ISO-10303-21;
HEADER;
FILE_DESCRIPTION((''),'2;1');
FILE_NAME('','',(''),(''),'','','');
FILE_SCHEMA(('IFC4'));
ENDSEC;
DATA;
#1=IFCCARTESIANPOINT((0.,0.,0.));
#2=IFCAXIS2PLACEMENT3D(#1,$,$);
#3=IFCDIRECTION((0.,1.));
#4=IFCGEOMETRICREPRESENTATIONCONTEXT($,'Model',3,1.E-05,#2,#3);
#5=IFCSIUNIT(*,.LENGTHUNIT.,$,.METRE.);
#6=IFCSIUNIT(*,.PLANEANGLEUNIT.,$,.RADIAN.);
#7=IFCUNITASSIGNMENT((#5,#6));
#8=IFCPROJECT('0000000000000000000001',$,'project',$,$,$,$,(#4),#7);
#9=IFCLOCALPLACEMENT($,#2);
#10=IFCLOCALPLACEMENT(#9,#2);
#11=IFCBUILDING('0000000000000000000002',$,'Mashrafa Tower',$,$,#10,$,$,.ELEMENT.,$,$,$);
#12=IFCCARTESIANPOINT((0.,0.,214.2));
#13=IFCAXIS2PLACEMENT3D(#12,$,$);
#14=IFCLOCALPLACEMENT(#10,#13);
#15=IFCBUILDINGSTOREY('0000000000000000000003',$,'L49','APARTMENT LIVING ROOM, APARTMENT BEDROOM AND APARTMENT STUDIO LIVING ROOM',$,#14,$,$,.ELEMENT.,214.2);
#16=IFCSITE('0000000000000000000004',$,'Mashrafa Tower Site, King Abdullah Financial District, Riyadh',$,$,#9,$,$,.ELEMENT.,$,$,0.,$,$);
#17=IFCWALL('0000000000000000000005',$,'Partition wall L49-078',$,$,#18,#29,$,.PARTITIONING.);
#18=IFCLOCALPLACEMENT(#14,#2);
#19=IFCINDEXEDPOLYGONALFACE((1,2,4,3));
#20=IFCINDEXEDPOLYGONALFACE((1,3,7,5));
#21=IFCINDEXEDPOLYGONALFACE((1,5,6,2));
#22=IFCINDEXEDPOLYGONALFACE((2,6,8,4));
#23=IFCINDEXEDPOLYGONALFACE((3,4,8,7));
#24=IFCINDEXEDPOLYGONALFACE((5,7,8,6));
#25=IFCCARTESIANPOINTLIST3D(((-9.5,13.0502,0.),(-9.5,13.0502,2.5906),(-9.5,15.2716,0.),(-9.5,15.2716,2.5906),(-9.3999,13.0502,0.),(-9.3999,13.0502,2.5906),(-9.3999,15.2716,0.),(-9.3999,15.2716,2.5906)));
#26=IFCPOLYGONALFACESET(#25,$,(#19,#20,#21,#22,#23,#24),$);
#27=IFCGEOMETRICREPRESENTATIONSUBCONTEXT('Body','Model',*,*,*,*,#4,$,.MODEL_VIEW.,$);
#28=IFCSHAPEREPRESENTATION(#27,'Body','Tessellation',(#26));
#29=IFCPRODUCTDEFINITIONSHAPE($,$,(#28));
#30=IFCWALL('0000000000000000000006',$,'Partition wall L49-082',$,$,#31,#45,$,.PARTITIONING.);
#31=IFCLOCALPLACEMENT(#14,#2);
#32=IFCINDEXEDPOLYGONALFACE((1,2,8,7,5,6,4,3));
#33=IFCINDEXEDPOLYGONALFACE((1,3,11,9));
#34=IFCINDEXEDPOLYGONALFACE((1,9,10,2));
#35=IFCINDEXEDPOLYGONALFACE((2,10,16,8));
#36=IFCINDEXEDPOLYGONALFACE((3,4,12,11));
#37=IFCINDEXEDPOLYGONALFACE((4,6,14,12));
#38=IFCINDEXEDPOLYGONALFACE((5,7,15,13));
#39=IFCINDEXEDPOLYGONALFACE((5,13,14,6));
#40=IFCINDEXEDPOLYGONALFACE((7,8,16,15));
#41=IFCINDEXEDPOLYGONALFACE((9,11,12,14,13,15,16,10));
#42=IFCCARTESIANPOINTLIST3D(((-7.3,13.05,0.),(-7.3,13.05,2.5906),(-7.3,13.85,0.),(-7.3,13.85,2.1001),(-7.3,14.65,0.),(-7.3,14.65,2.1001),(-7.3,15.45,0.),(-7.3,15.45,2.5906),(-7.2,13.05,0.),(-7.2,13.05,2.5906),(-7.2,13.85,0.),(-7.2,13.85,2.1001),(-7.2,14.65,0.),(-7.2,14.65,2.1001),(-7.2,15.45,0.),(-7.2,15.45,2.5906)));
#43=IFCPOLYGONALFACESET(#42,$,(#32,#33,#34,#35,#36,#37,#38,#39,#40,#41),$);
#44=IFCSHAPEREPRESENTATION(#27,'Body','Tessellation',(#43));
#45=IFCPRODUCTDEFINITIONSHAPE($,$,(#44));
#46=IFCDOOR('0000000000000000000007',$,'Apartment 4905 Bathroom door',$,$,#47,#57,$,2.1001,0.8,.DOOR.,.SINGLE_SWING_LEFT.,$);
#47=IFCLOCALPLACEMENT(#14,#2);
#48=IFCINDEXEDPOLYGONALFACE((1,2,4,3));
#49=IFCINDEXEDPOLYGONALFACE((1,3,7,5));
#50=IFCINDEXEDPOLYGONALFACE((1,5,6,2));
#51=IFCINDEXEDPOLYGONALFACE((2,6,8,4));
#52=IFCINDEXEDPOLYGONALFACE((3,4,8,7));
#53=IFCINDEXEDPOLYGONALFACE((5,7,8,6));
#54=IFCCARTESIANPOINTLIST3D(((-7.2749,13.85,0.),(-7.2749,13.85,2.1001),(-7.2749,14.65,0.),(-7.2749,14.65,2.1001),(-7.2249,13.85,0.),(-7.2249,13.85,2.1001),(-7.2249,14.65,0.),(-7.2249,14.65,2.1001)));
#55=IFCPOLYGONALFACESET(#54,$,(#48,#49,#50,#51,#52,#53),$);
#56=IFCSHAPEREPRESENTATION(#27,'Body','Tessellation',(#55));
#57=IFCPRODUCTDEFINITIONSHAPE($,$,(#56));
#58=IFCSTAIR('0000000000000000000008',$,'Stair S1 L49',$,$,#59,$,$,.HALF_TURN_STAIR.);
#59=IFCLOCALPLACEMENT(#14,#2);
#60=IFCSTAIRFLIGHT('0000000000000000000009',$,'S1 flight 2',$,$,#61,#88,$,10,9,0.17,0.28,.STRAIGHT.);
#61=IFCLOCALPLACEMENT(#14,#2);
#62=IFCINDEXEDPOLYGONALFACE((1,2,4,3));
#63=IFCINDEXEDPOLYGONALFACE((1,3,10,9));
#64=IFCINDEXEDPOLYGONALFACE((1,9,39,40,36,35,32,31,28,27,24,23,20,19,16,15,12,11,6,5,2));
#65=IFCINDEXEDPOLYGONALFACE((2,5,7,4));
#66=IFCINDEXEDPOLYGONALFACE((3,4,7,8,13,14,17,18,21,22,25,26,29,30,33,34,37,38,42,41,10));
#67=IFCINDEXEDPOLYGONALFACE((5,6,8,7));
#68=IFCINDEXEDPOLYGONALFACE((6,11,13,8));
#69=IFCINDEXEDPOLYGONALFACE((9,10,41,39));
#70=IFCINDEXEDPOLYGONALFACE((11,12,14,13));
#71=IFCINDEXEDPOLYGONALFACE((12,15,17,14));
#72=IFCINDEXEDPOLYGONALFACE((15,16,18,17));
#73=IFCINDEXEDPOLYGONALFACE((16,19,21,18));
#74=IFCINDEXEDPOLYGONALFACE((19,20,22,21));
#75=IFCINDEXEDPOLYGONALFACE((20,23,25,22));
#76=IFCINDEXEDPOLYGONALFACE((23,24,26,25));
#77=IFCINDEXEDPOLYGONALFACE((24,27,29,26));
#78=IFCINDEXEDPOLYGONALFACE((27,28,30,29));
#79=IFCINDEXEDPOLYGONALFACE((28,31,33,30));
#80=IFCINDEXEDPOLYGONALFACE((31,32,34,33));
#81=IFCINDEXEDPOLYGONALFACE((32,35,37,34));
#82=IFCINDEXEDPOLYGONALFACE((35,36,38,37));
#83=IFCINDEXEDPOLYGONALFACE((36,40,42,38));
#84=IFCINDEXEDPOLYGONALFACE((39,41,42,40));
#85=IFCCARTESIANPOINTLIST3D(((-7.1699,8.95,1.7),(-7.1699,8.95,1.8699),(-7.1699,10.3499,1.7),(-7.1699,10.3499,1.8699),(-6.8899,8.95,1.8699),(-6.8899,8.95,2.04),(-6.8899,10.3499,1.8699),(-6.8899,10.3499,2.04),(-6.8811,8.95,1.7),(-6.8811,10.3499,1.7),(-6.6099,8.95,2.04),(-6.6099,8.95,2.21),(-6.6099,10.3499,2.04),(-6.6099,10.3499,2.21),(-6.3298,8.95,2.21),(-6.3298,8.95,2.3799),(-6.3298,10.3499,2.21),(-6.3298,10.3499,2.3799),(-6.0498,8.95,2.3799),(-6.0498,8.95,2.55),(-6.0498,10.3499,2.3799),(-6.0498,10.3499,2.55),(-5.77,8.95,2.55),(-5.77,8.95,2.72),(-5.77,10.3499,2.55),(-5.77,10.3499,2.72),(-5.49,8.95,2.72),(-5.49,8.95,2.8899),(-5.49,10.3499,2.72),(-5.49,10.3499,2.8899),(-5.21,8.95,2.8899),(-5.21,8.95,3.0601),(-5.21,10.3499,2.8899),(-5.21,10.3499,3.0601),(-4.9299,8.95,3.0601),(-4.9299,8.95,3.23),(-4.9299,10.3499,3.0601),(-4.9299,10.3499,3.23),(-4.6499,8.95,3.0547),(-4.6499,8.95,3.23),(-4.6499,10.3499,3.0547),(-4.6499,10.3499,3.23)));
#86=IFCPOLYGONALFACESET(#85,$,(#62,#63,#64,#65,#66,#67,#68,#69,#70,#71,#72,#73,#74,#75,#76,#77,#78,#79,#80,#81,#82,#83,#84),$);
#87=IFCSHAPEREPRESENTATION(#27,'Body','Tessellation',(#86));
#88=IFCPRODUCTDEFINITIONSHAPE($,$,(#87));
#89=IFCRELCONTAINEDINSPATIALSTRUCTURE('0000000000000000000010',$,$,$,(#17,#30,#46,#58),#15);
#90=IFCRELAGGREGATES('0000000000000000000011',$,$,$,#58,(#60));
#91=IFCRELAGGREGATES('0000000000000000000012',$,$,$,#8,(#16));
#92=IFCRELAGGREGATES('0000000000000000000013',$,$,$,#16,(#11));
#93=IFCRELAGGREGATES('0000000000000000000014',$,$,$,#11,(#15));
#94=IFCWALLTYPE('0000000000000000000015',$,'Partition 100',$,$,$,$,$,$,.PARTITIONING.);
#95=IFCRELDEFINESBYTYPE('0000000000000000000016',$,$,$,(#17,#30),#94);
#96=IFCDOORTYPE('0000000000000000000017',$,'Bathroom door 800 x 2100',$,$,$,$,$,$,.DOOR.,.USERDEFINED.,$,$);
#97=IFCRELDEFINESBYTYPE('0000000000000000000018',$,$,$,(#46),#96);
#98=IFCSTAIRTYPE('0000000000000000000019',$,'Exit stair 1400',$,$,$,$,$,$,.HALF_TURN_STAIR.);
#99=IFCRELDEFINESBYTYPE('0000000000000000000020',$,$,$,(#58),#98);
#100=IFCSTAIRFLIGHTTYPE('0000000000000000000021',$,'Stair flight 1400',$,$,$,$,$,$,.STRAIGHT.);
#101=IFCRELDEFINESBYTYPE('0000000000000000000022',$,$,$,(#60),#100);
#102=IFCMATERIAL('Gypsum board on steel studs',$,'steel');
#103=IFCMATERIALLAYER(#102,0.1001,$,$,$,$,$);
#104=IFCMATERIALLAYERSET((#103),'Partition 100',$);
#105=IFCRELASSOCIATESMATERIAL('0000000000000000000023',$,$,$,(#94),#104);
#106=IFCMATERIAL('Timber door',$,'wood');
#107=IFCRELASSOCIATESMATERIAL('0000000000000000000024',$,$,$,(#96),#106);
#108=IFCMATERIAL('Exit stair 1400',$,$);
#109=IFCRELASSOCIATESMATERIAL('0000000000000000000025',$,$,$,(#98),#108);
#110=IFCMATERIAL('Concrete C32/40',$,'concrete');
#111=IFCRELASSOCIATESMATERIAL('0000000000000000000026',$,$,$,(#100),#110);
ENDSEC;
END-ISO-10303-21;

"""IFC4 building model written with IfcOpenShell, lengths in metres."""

from ifc_helpers import new_model, si_unit, direction, frame, frame_2d, origin, place, context, subcontext, project, spatial, polyline, rectangle, outline, extrude, material, layer, layer_set, type_object, element, fill, aggregate, save


model = new_model("IFC4")

# Units and contexts
model_context = context("Model", 3, precision=1e-05, world=origin(), true_north=direction((0.0, 1.0)))
body_context = subcontext(model_context, "Body", "Model", "MODEL_VIEW")
ifc_project = project(units=[si_unit("LENGTHUNIT", "METRE"), si_unit("PLANEANGLEUNIT", "RADIAN")], contexts=[model_context])

# Site, building, storey
site_placement = place(None, origin())
site = spatial("IfcSite", under=ifc_project, at=site_placement, Name="Mashrafa Tower Site, King Abdullah Financial District, Riyadh", CompositionType="ELEMENT", RefElevation=0.0)
building_placement = place(site_placement, origin())
building = spatial("IfcBuilding", under=site, at=building_placement, Name="Mashrafa Tower", CompositionType="ELEMENT")
storey_placement = place(building_placement, frame((0.0, 0.0, 214.2)))
storey = spatial("IfcBuildingStorey", under=building, at=storey_placement, Name="L49", Description="APARTMENT LIVING ROOM, APARTMENT BEDROOM AND APARTMENT STUDIO LIVING ROOM", CompositionType="ELEMENT", Elevation=214.2)

# Wall
ifc_material_1 = material(Name="Gypsum board on steel studs", Category="steel")
ifc_layer_1 = layer(ifc_material_1, 0.1001)
ifc_layer_set_1 = layer_set([ifc_layer_1], Name="Partition 100")
wall_type_1 = type_object("IfcWallType", Name="Partition 100", PredefinedType="PARTITIONING", material=ifc_layer_set_1)
wall_1_placement = place(storey_placement, frame((-9.45, 13.05, 0.0), z_axis=(0.0, 0.0, 1.0), x_axis=(0.0, 1.0, 0.0)))
element("IfcWall", 1, at=wall_1_placement, inside=storey, type_object=wall_type_1, Name="Partition wall L49-078", PredefinedType="PARTITIONING", context=body_context, shape_type="SweptSolid", body=[
    extrude(rectangle(XDim=2.2214, YDim=0.1001, at=frame_2d((1.1108, 0.0))), origin(), (0.0, 0.0, 1.0), 2.5906),
])

# Wall, opening, door
wall_2_placement = place(storey_placement, frame((-7.25, 13.05, 0.0), z_axis=(0.0, 0.0, 1.0), x_axis=(0.0, 1.0, 0.0)))
wall_2 = element("IfcWall", 2, at=wall_2_placement, inside=storey, type_object=wall_type_1, Name="Partition wall L49-082", PredefinedType="PARTITIONING", context=body_context, shape_type="SweptSolid", body=[
    extrude(rectangle(XDim=2.3999, YDim=0.1001, at=frame_2d((1.2, 0.0))), origin(), (0.0, 0.0, 1.0), 2.5906),
])
opening_1_placement = place(wall_2_placement, frame((0.8, 0.0, 0.0)))
opening_1 = element("IfcOpeningElement", 3, at=opening_1_placement, cuts=wall_2, PredefinedType="OPENING", context=body_context, shape_type="SweptSolid", body=[
    extrude(rectangle(XDim=0.8, YDim=2.1001, at=frame_2d((0.3999, 1.05))), frame((0.0, 0.0601, 0.0), z_axis=(0.0, -1.0, 0.0), x_axis=(1.0, 0.0, 0.0)), (0.0, 0.0, 1.0), 0.1201),
])
ifc_material_2 = material(Name="Timber door", Category="wood")
door_type_1 = type_object("IfcDoorType", Name="Bathroom door 800 x 2100", OperationType="USERDEFINED", PredefinedType="DOOR", material=ifc_material_2)
door_1_placement = place(opening_1_placement, origin())
door_1 = element("IfcDoor", 4, at=door_1_placement, inside=storey, type_object=door_type_1, Name="Apartment 4905 Bathroom door", OperationType="SINGLE_SWING_LEFT", OverallHeight=2.1001, OverallWidth=0.8, PredefinedType="DOOR", context=body_context, shape_type="SweptSolid", body=[
    extrude(rectangle(XDim=0.8, YDim=2.1001, at=frame_2d((0.3999, 1.05))), frame((0.0, 0.0249, 0.0), z_axis=(0.0, -1.0, 0.0), x_axis=(1.0, 0.0, 0.0)), (0.0, 0.0, 1.0), 0.05),
])
fill(opening_1, door_1)

# Stair, stair flight
ifc_material_3 = material(Name="Exit stair 1400")
stair_type = type_object("IfcStairType", Name="Exit stair 1400", PredefinedType="HALF_TURN_STAIR", material=ifc_material_3)
stair_placement = place(storey_placement, origin())
stair = element("IfcStair", 5, at=stair_placement, inside=storey, type_object=stair_type, Name="Stair S1 L49", PredefinedType="HALF_TURN_STAIR")
ifc_material_4 = material(Name="Concrete C32/40", Category="concrete")
stair_flight_type = type_object("IfcStairFlightType", Name="Stair flight 1400", PredefinedType="STRAIGHT", material=ifc_material_4)
stair_flight_placement = place(storey_placement, frame((-7.1699, 9.6499, 1.7), z_axis=(0.0, 0.0, 1.0), x_axis=(1.0, 0.0, 0.0)))
stair_flight = element("IfcStairFlight", 6, at=stair_flight_placement, type_object=stair_flight_type, Name="S1 flight 2", NumberOfRisers=10, NumberOfTreads=9, PredefinedType="STRAIGHT", RiserHeight=0.17, TreadLength=0.28, context=body_context, shape_type="SweptSolid", body=[
    extrude(outline(polyline([(0.0, 0.0), (0.0, 0.1699), (0.28, 0.1699), (0.28, 0.3401), (0.5601, 0.3401), (0.5601, 0.51), (0.8401, 0.51), (0.8401, 0.6799), (1.1201, 0.6799), (1.1201, 0.8501), (1.3999, 0.8501), (1.3999, 1.02), (1.6799, 1.02), (1.6799, 1.1899), (1.96, 1.1899), (1.96, 1.3601), (2.24, 1.3601), (2.24, 1.53), (2.52, 1.53), (2.52, 1.7), (2.52, 1.3547), (0.2888, 0.0), (0.0, 0.0)])), frame((0.0, 0.7, 0.0), z_axis=(0.0, -1.0, 0.0), x_axis=(1.0, 0.0, 0.0)), (0.0, 0.0, 1.0), 1.3999),
])
aggregate(stair, [stair_flight])

save(model, "model.ifc")
